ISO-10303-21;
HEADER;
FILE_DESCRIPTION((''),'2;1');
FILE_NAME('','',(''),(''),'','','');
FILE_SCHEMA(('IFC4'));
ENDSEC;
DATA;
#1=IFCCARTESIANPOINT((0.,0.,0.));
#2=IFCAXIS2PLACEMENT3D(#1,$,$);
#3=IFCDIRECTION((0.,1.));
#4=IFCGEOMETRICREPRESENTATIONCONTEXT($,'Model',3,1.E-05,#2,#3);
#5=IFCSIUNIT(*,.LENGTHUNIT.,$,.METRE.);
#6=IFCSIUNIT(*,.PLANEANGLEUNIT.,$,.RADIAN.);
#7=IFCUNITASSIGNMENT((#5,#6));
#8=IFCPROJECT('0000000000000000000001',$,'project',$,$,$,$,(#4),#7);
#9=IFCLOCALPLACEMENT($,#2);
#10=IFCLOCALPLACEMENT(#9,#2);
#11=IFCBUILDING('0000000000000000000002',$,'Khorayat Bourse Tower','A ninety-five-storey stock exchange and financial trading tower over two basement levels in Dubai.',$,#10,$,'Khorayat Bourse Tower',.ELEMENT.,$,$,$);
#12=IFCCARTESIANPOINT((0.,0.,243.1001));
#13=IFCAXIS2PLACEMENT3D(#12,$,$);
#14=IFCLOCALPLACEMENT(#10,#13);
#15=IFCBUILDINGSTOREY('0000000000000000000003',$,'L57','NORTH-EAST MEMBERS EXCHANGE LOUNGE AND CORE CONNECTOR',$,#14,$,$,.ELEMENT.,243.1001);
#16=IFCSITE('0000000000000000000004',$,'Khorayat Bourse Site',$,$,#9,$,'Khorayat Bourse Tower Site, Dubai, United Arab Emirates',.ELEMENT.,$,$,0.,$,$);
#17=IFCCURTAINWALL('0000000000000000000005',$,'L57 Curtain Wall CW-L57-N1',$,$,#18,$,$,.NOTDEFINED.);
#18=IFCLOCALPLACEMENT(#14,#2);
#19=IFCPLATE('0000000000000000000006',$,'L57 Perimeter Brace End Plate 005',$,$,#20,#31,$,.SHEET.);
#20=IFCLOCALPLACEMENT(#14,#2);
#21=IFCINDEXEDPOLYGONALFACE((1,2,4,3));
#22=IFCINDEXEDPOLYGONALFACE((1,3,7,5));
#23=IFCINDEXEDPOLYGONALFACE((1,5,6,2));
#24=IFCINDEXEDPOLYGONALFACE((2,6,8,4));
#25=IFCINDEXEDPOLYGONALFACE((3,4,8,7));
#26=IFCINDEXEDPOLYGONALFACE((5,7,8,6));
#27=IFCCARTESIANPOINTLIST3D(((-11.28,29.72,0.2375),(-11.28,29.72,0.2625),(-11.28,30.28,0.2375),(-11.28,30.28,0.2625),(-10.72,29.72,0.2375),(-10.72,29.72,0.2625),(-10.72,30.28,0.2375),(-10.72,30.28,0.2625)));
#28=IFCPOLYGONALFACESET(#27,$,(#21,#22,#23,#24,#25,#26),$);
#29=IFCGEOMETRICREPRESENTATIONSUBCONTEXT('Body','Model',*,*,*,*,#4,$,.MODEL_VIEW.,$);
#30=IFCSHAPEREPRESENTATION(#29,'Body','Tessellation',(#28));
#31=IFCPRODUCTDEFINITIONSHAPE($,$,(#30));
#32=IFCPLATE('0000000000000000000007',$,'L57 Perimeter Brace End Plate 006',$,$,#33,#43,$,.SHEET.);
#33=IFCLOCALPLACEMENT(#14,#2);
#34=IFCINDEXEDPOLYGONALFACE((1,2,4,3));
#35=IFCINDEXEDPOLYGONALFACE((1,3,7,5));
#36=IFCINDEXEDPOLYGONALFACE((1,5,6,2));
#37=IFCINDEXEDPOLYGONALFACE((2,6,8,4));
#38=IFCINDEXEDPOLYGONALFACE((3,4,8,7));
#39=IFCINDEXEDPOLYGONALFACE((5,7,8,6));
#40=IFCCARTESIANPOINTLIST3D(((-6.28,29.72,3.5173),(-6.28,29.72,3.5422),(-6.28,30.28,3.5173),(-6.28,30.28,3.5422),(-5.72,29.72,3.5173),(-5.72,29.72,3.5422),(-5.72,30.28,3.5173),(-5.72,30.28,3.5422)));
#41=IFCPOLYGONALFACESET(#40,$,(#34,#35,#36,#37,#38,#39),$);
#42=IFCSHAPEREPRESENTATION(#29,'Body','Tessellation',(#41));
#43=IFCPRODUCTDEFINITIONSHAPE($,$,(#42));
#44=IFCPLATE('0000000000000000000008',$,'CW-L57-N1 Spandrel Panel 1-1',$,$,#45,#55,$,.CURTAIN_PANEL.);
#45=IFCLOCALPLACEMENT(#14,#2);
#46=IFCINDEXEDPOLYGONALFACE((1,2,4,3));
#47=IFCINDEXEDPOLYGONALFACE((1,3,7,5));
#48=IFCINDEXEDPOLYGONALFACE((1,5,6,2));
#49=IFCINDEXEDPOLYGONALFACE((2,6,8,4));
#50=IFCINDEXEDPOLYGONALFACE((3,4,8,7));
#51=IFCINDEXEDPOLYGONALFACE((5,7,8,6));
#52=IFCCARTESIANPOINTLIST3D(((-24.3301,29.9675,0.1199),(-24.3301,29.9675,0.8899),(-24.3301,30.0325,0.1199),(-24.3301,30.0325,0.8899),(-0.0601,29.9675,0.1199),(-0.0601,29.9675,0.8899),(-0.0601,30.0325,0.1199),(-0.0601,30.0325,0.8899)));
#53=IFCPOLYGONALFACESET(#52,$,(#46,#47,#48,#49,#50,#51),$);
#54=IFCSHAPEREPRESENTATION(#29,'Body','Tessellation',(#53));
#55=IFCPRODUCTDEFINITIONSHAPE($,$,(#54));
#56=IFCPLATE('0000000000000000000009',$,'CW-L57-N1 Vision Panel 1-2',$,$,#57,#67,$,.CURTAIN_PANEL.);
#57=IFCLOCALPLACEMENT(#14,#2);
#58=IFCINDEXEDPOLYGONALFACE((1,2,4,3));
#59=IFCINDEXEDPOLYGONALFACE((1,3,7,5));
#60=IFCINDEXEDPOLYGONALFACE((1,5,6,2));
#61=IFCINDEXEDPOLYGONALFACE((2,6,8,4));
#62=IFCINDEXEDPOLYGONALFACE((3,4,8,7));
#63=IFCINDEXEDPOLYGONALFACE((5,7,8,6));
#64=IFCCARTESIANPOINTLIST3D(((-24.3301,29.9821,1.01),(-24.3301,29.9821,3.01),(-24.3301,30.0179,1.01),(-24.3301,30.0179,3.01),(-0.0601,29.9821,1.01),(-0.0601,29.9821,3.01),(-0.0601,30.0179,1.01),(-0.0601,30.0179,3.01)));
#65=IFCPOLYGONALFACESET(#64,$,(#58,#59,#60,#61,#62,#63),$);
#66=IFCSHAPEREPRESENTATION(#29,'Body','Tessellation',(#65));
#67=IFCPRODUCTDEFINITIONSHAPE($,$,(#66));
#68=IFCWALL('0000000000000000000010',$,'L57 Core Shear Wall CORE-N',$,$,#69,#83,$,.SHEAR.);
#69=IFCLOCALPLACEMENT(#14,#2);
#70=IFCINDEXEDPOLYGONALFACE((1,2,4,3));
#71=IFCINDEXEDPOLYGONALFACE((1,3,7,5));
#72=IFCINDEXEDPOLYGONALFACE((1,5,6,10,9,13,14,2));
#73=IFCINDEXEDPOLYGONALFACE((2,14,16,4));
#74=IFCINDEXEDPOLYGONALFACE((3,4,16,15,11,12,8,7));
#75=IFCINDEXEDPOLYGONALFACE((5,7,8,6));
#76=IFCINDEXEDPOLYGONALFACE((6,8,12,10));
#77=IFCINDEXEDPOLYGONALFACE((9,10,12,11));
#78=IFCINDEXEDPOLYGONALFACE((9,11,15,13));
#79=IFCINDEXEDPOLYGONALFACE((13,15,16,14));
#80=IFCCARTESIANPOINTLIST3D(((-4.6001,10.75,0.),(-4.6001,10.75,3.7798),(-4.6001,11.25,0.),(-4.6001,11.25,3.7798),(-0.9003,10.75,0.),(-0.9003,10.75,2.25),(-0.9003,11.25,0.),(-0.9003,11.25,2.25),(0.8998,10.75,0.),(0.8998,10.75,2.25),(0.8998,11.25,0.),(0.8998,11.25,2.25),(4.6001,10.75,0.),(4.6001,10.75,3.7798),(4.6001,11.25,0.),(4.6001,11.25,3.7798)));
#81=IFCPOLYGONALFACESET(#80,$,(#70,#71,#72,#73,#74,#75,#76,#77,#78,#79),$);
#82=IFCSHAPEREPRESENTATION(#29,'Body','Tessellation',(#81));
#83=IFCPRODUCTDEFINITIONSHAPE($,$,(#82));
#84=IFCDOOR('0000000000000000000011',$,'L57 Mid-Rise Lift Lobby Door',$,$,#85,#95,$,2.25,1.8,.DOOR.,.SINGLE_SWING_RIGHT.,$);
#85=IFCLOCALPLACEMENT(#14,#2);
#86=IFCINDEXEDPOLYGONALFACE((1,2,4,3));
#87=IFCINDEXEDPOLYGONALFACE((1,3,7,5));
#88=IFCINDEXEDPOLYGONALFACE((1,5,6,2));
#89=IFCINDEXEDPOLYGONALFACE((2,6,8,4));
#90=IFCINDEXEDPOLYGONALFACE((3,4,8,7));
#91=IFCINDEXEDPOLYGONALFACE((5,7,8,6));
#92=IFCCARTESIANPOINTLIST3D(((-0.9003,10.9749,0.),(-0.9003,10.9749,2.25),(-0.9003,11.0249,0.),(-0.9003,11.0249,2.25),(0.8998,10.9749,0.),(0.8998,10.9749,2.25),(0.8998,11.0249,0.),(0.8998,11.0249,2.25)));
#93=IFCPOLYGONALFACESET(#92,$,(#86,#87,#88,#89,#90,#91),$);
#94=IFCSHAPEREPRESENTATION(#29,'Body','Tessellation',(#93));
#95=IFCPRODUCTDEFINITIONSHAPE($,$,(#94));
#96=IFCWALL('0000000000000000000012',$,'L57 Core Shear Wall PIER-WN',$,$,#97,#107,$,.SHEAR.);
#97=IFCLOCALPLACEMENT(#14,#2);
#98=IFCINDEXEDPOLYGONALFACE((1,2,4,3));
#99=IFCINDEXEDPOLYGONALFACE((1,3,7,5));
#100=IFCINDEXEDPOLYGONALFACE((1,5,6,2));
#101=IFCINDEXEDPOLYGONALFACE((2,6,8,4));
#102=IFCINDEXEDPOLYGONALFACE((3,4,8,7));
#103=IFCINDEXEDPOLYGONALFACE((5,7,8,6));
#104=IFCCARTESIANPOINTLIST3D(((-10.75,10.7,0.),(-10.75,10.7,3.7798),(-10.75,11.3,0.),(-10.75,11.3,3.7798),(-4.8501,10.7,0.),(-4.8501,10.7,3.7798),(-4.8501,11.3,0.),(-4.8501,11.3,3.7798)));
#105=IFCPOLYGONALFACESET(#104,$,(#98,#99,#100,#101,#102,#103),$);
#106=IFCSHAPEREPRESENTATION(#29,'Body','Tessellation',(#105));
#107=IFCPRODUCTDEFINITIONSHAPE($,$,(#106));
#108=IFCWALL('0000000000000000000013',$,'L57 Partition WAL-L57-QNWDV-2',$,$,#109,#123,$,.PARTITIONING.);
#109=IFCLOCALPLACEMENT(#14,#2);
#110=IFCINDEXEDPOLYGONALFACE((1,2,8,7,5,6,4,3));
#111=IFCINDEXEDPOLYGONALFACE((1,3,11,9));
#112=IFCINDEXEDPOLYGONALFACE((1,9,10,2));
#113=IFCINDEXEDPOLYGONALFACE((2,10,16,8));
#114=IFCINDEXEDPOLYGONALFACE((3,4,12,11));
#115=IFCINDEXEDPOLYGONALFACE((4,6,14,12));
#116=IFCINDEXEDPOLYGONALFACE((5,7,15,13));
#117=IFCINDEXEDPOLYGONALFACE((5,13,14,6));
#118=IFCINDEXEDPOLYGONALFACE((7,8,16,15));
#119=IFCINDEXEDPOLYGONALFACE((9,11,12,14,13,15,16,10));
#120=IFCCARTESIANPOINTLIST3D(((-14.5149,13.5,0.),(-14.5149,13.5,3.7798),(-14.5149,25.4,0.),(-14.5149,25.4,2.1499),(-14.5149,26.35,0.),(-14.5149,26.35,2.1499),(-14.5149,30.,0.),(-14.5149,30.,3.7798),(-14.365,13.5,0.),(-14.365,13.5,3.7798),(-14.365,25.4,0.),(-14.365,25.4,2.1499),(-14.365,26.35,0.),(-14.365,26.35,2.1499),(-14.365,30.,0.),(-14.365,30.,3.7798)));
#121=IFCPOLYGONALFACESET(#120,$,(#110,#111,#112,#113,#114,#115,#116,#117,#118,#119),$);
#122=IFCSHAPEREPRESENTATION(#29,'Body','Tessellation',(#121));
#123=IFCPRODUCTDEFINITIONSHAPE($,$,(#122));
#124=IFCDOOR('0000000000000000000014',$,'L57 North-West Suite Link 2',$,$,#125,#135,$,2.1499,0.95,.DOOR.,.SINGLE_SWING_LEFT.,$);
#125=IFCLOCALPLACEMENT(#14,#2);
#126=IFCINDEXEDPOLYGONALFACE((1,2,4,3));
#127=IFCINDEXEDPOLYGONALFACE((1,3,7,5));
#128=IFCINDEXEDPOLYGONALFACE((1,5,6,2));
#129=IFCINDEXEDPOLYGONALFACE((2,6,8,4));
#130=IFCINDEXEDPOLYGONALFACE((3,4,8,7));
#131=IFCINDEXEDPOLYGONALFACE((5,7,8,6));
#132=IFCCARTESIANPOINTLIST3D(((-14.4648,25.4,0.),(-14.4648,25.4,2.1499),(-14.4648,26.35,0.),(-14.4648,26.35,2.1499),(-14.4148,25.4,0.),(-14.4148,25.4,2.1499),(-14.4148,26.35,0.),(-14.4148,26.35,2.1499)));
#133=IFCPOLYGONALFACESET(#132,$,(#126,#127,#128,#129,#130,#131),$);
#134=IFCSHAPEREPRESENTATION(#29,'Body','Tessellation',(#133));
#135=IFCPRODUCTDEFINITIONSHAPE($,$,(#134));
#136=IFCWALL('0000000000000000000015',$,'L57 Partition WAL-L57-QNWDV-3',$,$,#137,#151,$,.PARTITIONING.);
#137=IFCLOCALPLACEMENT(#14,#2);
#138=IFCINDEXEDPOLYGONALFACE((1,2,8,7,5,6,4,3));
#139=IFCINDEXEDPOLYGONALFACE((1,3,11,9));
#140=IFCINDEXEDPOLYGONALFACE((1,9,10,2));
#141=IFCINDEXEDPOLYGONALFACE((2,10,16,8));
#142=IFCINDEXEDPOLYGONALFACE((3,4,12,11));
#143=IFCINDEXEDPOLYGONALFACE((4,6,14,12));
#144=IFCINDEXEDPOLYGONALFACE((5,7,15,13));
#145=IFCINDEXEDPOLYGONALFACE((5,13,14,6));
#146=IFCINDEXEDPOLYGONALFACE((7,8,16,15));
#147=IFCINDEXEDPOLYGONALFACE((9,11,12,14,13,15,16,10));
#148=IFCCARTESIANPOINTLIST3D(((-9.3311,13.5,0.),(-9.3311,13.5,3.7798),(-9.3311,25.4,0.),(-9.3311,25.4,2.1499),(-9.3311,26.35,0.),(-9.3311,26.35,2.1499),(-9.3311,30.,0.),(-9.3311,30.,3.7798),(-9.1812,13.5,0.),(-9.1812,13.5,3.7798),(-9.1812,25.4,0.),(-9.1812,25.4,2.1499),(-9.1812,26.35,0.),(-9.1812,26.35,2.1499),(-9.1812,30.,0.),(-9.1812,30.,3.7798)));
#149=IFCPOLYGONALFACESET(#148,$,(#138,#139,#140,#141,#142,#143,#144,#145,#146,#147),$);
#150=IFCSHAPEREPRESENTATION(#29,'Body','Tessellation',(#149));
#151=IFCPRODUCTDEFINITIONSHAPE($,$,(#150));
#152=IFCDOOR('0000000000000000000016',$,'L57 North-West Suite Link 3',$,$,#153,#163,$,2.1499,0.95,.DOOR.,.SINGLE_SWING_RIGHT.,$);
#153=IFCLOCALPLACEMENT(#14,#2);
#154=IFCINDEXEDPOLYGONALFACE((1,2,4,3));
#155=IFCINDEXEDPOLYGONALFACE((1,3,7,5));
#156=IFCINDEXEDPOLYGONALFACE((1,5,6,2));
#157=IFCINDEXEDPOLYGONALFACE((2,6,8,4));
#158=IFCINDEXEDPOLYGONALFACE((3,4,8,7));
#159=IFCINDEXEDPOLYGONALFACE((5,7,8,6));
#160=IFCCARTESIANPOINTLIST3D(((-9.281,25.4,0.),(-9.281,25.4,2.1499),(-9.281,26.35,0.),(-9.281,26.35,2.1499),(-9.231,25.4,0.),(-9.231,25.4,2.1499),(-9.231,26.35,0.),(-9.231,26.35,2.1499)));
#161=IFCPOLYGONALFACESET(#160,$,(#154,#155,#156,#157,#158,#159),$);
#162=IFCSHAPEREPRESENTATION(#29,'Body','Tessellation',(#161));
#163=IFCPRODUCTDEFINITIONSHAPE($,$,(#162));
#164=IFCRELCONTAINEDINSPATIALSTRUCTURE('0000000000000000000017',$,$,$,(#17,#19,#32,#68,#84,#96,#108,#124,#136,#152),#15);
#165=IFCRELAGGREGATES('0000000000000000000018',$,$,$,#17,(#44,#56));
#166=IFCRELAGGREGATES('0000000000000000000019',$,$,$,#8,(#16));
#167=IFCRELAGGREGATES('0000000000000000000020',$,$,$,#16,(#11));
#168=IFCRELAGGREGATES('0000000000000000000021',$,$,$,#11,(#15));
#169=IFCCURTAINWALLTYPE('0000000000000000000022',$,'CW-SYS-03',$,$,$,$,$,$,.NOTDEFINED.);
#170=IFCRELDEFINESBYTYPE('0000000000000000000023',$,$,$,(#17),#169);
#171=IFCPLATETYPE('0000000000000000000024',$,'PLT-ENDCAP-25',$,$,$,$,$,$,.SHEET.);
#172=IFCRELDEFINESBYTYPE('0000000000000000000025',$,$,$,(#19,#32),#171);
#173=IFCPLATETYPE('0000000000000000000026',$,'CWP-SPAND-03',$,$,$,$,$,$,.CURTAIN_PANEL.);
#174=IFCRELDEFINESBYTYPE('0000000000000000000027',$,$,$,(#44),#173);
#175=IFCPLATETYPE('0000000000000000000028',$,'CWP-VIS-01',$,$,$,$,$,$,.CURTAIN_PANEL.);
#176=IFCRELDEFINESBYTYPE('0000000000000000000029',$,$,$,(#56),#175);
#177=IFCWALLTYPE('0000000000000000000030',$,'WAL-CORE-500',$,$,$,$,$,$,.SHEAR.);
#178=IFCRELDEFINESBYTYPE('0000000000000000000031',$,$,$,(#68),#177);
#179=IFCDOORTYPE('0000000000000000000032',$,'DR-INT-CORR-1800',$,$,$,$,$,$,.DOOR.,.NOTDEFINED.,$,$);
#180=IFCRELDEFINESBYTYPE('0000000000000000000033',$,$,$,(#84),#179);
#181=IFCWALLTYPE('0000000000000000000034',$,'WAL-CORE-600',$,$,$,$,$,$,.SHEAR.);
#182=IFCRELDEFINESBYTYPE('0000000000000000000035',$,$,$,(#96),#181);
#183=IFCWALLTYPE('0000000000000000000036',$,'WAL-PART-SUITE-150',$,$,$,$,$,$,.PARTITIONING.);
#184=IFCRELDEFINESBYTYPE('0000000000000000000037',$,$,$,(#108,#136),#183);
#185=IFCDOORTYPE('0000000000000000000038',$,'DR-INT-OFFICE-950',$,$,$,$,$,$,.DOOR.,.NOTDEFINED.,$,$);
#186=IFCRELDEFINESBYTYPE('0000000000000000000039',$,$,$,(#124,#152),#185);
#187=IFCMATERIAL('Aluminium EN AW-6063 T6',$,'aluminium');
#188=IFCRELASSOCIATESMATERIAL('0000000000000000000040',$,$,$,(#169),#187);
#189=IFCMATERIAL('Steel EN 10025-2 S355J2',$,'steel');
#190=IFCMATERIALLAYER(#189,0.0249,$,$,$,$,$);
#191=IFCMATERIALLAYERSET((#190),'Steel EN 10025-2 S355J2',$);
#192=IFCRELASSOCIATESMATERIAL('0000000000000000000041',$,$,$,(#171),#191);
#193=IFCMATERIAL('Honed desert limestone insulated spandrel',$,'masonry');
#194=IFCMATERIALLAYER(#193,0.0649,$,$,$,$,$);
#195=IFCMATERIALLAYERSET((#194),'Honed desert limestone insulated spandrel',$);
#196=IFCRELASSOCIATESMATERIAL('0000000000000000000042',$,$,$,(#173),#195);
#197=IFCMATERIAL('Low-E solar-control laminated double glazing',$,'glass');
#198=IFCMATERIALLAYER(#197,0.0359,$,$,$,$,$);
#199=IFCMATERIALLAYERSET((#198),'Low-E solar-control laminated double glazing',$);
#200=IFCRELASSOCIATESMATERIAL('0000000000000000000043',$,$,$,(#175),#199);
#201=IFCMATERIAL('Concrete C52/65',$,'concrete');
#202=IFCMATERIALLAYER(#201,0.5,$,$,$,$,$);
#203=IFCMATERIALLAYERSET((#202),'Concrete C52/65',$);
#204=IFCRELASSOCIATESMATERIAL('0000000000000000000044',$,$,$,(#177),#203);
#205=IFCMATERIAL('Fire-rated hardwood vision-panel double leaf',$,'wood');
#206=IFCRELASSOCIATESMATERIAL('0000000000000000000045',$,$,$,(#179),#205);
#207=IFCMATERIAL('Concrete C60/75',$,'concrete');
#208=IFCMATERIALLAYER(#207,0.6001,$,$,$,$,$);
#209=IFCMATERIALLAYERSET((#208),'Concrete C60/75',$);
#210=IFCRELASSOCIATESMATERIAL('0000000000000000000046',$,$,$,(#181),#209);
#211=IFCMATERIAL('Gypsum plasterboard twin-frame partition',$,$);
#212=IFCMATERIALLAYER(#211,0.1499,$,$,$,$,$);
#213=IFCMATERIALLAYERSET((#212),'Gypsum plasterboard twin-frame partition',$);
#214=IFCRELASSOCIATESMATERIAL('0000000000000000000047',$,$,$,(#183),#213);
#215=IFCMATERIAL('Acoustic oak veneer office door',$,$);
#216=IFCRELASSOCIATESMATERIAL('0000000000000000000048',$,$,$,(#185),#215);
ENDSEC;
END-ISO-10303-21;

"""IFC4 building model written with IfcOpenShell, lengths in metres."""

from ifc_helpers import new_model, si_unit, direction, frame, frame_2d, origin, origin_2d, place, context, subcontext, project, spatial, rectangle, extrude, source, transform, mapped, material, layer, layer_set, type_object, element, fill, aggregate, save


model = new_model("IFC4")

# Units and contexts
model_context = context("Model", 3, precision=1e-05, world=origin(), true_north=direction((0.0, 1.0)))
body_context = subcontext(model_context, "Body", "Model", "MODEL_VIEW")
ifc_project = project(units=[si_unit("LENGTHUNIT", "METRE"), si_unit("PLANEANGLEUNIT", "RADIAN")], contexts=[model_context])

# Site, building, storey
site_placement = place(None, origin())
site = spatial("IfcSite", under=ifc_project, at=site_placement, Name="Khorayat Bourse Site", LongName="Khorayat Bourse Tower Site, Dubai, United Arab Emirates", CompositionType="ELEMENT", RefElevation=0.0)
building_placement = place(site_placement, origin())
building = spatial("IfcBuilding", under=site, at=building_placement, Name="Khorayat Bourse Tower", Description="A ninety-five-storey stock exchange and financial trading tower over two basement levels in Dubai.", LongName="Khorayat Bourse Tower", CompositionType="ELEMENT")
storey_placement = place(building_placement, frame((0.0, 0.0, 243.1001)))
storey = spatial("IfcBuildingStorey", under=building, at=storey_placement, Name="L57", Description="NORTH-EAST MEMBERS EXCHANGE LOUNGE AND CORE CONNECTOR", CompositionType="ELEMENT", Elevation=243.1001)

# Curtain wall
ifc_material_1 = material(Name="Aluminium EN AW-6063 T6", Category="aluminium")
curtain_wall_type = type_object("IfcCurtainWallType", Name="CW-SYS-03", PredefinedType="NOTDEFINED", material=ifc_material_1)
curtain_wall_placement = place(storey_placement, origin())
curtain_wall = element("IfcCurtainWall", 1, at=curtain_wall_placement, inside=storey, type_object=curtain_wall_type, Name="L57 Curtain Wall CW-L57-N1", PredefinedType="NOTDEFINED")

# Plates
ifc_material_2 = material(Name="Steel EN 10025-2 S355J2", Category="steel")
ifc_layer_1 = layer(ifc_material_2, 0.0249)
ifc_layer_set_1 = layer_set([ifc_layer_1], Name="Steel EN 10025-2 S355J2")
plate_type_1 = type_object("IfcPlateType", Name="PLT-ENDCAP-25", PredefinedType="SHEET", material=ifc_layer_set_1)
shared_shape_1 = source(origin(), body_context, "Body", "SweptSolid", [
    extrude(rectangle(XDim=0.5601, YDim=0.5601, at=origin_2d()), origin(), (0.0, 0.0, 1.0), 0.0249),
])
for number, where, z_axis, x_axis, name in (
    (2, (-11.0, 30.0, 0.2375), (0.0, 0.0, 1.0), (1.0, 0.0, 0.0), "L57 Perimeter Brace End Plate 005"),
    (3, (-6.0, 30.0, 3.5173), (0.0, 0.0, 1.0), (1.0, 0.0, 0.0), "L57 Perimeter Brace End Plate 006"),
):
    element("IfcPlate", number, at=place(storey_placement, frame(where, z_axis=z_axis, x_axis=x_axis)), inside=storey, type_object=plate_type_1, Name=name, PredefinedType="SHEET", context=body_context, shape_type="MappedRepresentation", body=[
        mapped(shared_shape_1, transform((0.0, 0.0, 0.0), scale=1.0)),
    ])

# Plates
ifc_material_3 = material(Name="Honed desert limestone insulated spandrel", Category="masonry")
ifc_layer_2 = layer(ifc_material_3, 0.0649)
ifc_layer_set_2 = layer_set([ifc_layer_2], Name="Honed desert limestone insulated spandrel")
plate_type_2 = type_object("IfcPlateType", Name="CWP-SPAND-03", PredefinedType="CURTAIN_PANEL", material=ifc_layer_set_2)
shared_shape_2 = source(origin(), body_context, "Body", "SweptSolid", [
    extrude(rectangle(XDim=24.27, YDim=0.0649, at=origin_2d()), origin(), (0.0, 0.0, 1.0), 0.77),
])
plate_1_placement = place(storey_placement, frame((-12.1951, 30.0, 0.1199), z_axis=(0.0, 0.0, 1.0), x_axis=(1.0, 0.0, 0.0)))
plate_1 = element("IfcPlate", 4, at=plate_1_placement, type_object=plate_type_2, Name="CW-L57-N1 Spandrel Panel 1-1", PredefinedType="CURTAIN_PANEL", context=body_context, shape_type="MappedRepresentation", body=[
    mapped(shared_shape_2, transform((0.0, 0.0, 0.0), scale=1.0)),
])
ifc_material_4 = material(Name="Low-E solar-control laminated double glazing", Category="glass")
ifc_layer_3 = layer(ifc_material_4, 0.0359)
ifc_layer_set_3 = layer_set([ifc_layer_3], Name="Low-E solar-control laminated double glazing")
plate_type_3 = type_object("IfcPlateType", Name="CWP-VIS-01", PredefinedType="CURTAIN_PANEL", material=ifc_layer_set_3)
shared_shape_3 = source(origin(), body_context, "Body", "SweptSolid", [
    extrude(rectangle(XDim=24.27, YDim=0.0359, at=origin_2d()), origin(), (0.0, 0.0, 1.0), 2.0),
])
plate_2_placement = place(storey_placement, frame((-12.1951, 30.0, 1.01), z_axis=(0.0, 0.0, 1.0), x_axis=(1.0, 0.0, 0.0)))
plate_2 = element("IfcPlate", 5, at=plate_2_placement, type_object=plate_type_3, Name="CW-L57-N1 Vision Panel 1-2", PredefinedType="CURTAIN_PANEL", context=body_context, shape_type="MappedRepresentation", body=[
    mapped(shared_shape_3, transform((0.0, 0.0, 0.0), scale=1.0)),
])
aggregate(curtain_wall, [plate_1, plate_2])

# Wall, opening, door
ifc_material_5 = material(Name="Concrete C52/65", Category="concrete")
ifc_layer_4 = layer(ifc_material_5, 0.5)
ifc_layer_set_4 = layer_set([ifc_layer_4], Name="Concrete C52/65")
wall_type_1 = type_object("IfcWallType", Name="WAL-CORE-500", PredefinedType="SHEAR", material=ifc_layer_set_4)
shared_shape_4 = source(origin(), body_context, "Body", "SweptSolid", [
    extrude(rectangle(XDim=9.2002, YDim=0.5, at=frame_2d((4.6001, 0.0))), origin(), (0.0, 0.0, 1.0), 3.7798),
])
wall_1_placement = place(storey_placement, frame((-4.6001, 11.0, 0.0), z_axis=(0.0, 0.0, 1.0), x_axis=(1.0, 0.0, 0.0)))
wall_1 = element("IfcWall", 6, at=wall_1_placement, inside=storey, type_object=wall_type_1, Name="L57 Core Shear Wall CORE-N", PredefinedType="SHEAR", context=body_context, shape_type="MappedRepresentation", body=[
    mapped(shared_shape_4, transform((0.0, 0.0, 0.0), scale=1.0)),
])
shared_shape_5 = source(origin(), body_context, "Body", "SweptSolid", [
    extrude(rectangle(XDim=1.8, YDim=2.25, at=frame_2d((0.8999, 1.125))), frame((0.0, 0.26, 0.0), z_axis=(0.0, -1.0, 0.0), x_axis=(1.0, 0.0, 0.0)), (0.0, 0.0, 1.0), 0.52),
])
opening_1_placement = place(wall_1_placement, frame((3.7, 0.0, 0.0)))
opening_1 = element("IfcOpeningElement", 7, at=opening_1_placement, cuts=wall_1, PredefinedType="OPENING", context=body_context, shape_type="MappedRepresentation", body=[
    mapped(shared_shape_5, transform((0.0, 0.0, 0.0), scale=1.0)),
])
ifc_material_6 = material(Name="Fire-rated hardwood vision-panel double leaf", Category="wood")
door_type_1 = type_object("IfcDoorType", Name="DR-INT-CORR-1800", OperationType="NOTDEFINED", PredefinedType="DOOR", material=ifc_material_6)
shared_shape_6 = source(origin(), body_context, "Body", "SweptSolid", [
    extrude(rectangle(XDim=1.8, YDim=2.25, at=frame_2d((0.8999, 1.125))), frame((0.0, 0.0249, 0.0), z_axis=(0.0, -1.0, 0.0), x_axis=(1.0, 0.0, 0.0)), (0.0, 0.0, 1.0), 0.05),
])
door_1_placement = place(opening_1_placement, origin())
door_1 = element("IfcDoor", 8, at=door_1_placement, inside=storey, type_object=door_type_1, Name="L57 Mid-Rise Lift Lobby Door", OperationType="SINGLE_SWING_RIGHT", OverallHeight=2.25, OverallWidth=1.8, PredefinedType="DOOR", context=body_context, shape_type="MappedRepresentation", body=[
    mapped(shared_shape_6, transform((0.0, 0.0, 0.0), scale=1.0)),
])
fill(opening_1, door_1)

# Wall
ifc_material_7 = material(Name="Concrete C60/75", Category="concrete")
ifc_layer_5 = layer(ifc_material_7, 0.6001)
ifc_layer_set_5 = layer_set([ifc_layer_5], Name="Concrete C60/75")
wall_type_2 = type_object("IfcWallType", Name="WAL-CORE-600", PredefinedType="SHEAR", material=ifc_layer_set_5)
shared_shape_7 = source(origin(), body_context, "Body", "SweptSolid", [
    extrude(rectangle(XDim=5.8999, YDim=0.6001, at=frame_2d((2.95, 0.0))), origin(), (0.0, 0.0, 1.0), 3.7798),
])
wall_2_placement = place(storey_placement, frame((-10.75, 11.0, 0.0), z_axis=(0.0, 0.0, 1.0), x_axis=(1.0, 0.0, 0.0)))
element("IfcWall", 9, at=wall_2_placement, inside=storey, type_object=wall_type_2, Name="L57 Core Shear Wall PIER-WN", PredefinedType="SHEAR", context=body_context, shape_type="MappedRepresentation", body=[
    mapped(shared_shape_7, transform((0.0, 0.0, 0.0), scale=1.0)),
])

# Walls, openings, doors
ifc_material_8 = material(Name="Gypsum plasterboard twin-frame partition")
ifc_layer_6 = layer(ifc_material_8, 0.1499)
ifc_layer_set_6 = layer_set([ifc_layer_6], Name="Gypsum plasterboard twin-frame partition")
wall_type_3 = type_object("IfcWallType", Name="WAL-PART-SUITE-150", PredefinedType="PARTITIONING", material=ifc_layer_set_6)
shared_shape_8 = source(origin(), body_context, "Body", "SweptSolid", [
    extrude(rectangle(XDim=16.5, YDim=0.1499, at=frame_2d((8.25, 0.0))), origin(), (0.0, 0.0, 1.0), 3.7798),
])
wall_3_placement = place(storey_placement, frame((-14.4399, 13.5, 0.0), z_axis=(0.0, 0.0, 1.0), x_axis=(0.0, 1.0, 0.0)))
wall_3 = element("IfcWall", 10, at=wall_3_placement, inside=storey, type_object=wall_type_3, Name="L57 Partition WAL-L57-QNWDV-2", PredefinedType="PARTITIONING", context=body_context, shape_type="MappedRepresentation", body=[
    mapped(shared_shape_8, transform((0.0, 0.0, 0.0), scale=1.0)),
])
shared_shape_9 = source(origin(), body_context, "Body", "SweptSolid", [
    extrude(rectangle(XDim=0.95, YDim=2.1499, at=frame_2d((0.4751, 1.075))), frame((0.0, 0.085, 0.0), z_axis=(0.0, -1.0, 0.0), x_axis=(1.0, 0.0, 0.0)), (0.0, 0.0, 1.0), 0.1699),
])
opening_2_placement = place(wall_3_placement, frame((11.8999, 0.0, 0.0)))
opening_2 = element("IfcOpeningElement", 11, at=opening_2_placement, cuts=wall_3, PredefinedType="OPENING", context=body_context, shape_type="MappedRepresentation", body=[
    mapped(shared_shape_9, transform((0.0, 0.0, 0.0), scale=1.0)),
])
ifc_material_9 = material(Name="Acoustic oak veneer office door")
door_type_2 = type_object("IfcDoorType", Name="DR-INT-OFFICE-950", OperationType="NOTDEFINED", PredefinedType="DOOR", material=ifc_material_9)
shared_shape_10 = source(origin(), body_context, "Body", "SweptSolid", [
    extrude(rectangle(XDim=0.95, YDim=2.1499, at=frame_2d((0.4751, 1.075))), frame((0.0, 0.0249, 0.0), z_axis=(0.0, -1.0, 0.0), x_axis=(1.0, 0.0, 0.0)), (0.0, 0.0, 1.0), 0.05),
])
door_2_placement = place(opening_2_placement, origin())
door_2 = element("IfcDoor", 12, at=door_2_placement, inside=storey, type_object=door_type_2, Name="L57 North-West Suite Link 2", OperationType="SINGLE_SWING_LEFT", OverallHeight=2.1499, OverallWidth=0.95, PredefinedType="DOOR", context=body_context, shape_type="MappedRepresentation", body=[
    mapped(shared_shape_10, transform((0.0, 0.0, 0.0), scale=1.0)),
])
fill(opening_2, door_2)
wall_4_placement = place(storey_placement, frame((-9.2561, 13.5, 0.0), z_axis=(0.0, 0.0, 1.0), x_axis=(0.0, 1.0, 0.0)))
wall_4 = element("IfcWall", 13, at=wall_4_placement, inside=storey, type_object=wall_type_3, Name="L57 Partition WAL-L57-QNWDV-3", PredefinedType="PARTITIONING", context=body_context, shape_type="MappedRepresentation", body=[
    mapped(shared_shape_8, transform((0.0, 0.0, 0.0), scale=1.0)),
])
opening_3_placement = place(wall_4_placement, frame((11.8999, 0.0, 0.0)))
opening_3 = element("IfcOpeningElement", 14, at=opening_3_placement, cuts=wall_4, PredefinedType="OPENING", context=body_context, shape_type="MappedRepresentation", body=[
    mapped(shared_shape_9, transform((0.0, 0.0, 0.0), scale=1.0)),
])
door_3_placement = place(opening_3_placement, origin())
door_3 = element("IfcDoor", 15, at=door_3_placement, inside=storey, type_object=door_type_2, Name="L57 North-West Suite Link 3", OperationType="SINGLE_SWING_RIGHT", OverallHeight=2.1499, OverallWidth=0.95, PredefinedType="DOOR", context=body_context, shape_type="MappedRepresentation", body=[
    mapped(shared_shape_10, transform((0.0, 0.0, 0.0), scale=1.0)),
])
fill(opening_3, door_3)

save(model, "model.ifc")
